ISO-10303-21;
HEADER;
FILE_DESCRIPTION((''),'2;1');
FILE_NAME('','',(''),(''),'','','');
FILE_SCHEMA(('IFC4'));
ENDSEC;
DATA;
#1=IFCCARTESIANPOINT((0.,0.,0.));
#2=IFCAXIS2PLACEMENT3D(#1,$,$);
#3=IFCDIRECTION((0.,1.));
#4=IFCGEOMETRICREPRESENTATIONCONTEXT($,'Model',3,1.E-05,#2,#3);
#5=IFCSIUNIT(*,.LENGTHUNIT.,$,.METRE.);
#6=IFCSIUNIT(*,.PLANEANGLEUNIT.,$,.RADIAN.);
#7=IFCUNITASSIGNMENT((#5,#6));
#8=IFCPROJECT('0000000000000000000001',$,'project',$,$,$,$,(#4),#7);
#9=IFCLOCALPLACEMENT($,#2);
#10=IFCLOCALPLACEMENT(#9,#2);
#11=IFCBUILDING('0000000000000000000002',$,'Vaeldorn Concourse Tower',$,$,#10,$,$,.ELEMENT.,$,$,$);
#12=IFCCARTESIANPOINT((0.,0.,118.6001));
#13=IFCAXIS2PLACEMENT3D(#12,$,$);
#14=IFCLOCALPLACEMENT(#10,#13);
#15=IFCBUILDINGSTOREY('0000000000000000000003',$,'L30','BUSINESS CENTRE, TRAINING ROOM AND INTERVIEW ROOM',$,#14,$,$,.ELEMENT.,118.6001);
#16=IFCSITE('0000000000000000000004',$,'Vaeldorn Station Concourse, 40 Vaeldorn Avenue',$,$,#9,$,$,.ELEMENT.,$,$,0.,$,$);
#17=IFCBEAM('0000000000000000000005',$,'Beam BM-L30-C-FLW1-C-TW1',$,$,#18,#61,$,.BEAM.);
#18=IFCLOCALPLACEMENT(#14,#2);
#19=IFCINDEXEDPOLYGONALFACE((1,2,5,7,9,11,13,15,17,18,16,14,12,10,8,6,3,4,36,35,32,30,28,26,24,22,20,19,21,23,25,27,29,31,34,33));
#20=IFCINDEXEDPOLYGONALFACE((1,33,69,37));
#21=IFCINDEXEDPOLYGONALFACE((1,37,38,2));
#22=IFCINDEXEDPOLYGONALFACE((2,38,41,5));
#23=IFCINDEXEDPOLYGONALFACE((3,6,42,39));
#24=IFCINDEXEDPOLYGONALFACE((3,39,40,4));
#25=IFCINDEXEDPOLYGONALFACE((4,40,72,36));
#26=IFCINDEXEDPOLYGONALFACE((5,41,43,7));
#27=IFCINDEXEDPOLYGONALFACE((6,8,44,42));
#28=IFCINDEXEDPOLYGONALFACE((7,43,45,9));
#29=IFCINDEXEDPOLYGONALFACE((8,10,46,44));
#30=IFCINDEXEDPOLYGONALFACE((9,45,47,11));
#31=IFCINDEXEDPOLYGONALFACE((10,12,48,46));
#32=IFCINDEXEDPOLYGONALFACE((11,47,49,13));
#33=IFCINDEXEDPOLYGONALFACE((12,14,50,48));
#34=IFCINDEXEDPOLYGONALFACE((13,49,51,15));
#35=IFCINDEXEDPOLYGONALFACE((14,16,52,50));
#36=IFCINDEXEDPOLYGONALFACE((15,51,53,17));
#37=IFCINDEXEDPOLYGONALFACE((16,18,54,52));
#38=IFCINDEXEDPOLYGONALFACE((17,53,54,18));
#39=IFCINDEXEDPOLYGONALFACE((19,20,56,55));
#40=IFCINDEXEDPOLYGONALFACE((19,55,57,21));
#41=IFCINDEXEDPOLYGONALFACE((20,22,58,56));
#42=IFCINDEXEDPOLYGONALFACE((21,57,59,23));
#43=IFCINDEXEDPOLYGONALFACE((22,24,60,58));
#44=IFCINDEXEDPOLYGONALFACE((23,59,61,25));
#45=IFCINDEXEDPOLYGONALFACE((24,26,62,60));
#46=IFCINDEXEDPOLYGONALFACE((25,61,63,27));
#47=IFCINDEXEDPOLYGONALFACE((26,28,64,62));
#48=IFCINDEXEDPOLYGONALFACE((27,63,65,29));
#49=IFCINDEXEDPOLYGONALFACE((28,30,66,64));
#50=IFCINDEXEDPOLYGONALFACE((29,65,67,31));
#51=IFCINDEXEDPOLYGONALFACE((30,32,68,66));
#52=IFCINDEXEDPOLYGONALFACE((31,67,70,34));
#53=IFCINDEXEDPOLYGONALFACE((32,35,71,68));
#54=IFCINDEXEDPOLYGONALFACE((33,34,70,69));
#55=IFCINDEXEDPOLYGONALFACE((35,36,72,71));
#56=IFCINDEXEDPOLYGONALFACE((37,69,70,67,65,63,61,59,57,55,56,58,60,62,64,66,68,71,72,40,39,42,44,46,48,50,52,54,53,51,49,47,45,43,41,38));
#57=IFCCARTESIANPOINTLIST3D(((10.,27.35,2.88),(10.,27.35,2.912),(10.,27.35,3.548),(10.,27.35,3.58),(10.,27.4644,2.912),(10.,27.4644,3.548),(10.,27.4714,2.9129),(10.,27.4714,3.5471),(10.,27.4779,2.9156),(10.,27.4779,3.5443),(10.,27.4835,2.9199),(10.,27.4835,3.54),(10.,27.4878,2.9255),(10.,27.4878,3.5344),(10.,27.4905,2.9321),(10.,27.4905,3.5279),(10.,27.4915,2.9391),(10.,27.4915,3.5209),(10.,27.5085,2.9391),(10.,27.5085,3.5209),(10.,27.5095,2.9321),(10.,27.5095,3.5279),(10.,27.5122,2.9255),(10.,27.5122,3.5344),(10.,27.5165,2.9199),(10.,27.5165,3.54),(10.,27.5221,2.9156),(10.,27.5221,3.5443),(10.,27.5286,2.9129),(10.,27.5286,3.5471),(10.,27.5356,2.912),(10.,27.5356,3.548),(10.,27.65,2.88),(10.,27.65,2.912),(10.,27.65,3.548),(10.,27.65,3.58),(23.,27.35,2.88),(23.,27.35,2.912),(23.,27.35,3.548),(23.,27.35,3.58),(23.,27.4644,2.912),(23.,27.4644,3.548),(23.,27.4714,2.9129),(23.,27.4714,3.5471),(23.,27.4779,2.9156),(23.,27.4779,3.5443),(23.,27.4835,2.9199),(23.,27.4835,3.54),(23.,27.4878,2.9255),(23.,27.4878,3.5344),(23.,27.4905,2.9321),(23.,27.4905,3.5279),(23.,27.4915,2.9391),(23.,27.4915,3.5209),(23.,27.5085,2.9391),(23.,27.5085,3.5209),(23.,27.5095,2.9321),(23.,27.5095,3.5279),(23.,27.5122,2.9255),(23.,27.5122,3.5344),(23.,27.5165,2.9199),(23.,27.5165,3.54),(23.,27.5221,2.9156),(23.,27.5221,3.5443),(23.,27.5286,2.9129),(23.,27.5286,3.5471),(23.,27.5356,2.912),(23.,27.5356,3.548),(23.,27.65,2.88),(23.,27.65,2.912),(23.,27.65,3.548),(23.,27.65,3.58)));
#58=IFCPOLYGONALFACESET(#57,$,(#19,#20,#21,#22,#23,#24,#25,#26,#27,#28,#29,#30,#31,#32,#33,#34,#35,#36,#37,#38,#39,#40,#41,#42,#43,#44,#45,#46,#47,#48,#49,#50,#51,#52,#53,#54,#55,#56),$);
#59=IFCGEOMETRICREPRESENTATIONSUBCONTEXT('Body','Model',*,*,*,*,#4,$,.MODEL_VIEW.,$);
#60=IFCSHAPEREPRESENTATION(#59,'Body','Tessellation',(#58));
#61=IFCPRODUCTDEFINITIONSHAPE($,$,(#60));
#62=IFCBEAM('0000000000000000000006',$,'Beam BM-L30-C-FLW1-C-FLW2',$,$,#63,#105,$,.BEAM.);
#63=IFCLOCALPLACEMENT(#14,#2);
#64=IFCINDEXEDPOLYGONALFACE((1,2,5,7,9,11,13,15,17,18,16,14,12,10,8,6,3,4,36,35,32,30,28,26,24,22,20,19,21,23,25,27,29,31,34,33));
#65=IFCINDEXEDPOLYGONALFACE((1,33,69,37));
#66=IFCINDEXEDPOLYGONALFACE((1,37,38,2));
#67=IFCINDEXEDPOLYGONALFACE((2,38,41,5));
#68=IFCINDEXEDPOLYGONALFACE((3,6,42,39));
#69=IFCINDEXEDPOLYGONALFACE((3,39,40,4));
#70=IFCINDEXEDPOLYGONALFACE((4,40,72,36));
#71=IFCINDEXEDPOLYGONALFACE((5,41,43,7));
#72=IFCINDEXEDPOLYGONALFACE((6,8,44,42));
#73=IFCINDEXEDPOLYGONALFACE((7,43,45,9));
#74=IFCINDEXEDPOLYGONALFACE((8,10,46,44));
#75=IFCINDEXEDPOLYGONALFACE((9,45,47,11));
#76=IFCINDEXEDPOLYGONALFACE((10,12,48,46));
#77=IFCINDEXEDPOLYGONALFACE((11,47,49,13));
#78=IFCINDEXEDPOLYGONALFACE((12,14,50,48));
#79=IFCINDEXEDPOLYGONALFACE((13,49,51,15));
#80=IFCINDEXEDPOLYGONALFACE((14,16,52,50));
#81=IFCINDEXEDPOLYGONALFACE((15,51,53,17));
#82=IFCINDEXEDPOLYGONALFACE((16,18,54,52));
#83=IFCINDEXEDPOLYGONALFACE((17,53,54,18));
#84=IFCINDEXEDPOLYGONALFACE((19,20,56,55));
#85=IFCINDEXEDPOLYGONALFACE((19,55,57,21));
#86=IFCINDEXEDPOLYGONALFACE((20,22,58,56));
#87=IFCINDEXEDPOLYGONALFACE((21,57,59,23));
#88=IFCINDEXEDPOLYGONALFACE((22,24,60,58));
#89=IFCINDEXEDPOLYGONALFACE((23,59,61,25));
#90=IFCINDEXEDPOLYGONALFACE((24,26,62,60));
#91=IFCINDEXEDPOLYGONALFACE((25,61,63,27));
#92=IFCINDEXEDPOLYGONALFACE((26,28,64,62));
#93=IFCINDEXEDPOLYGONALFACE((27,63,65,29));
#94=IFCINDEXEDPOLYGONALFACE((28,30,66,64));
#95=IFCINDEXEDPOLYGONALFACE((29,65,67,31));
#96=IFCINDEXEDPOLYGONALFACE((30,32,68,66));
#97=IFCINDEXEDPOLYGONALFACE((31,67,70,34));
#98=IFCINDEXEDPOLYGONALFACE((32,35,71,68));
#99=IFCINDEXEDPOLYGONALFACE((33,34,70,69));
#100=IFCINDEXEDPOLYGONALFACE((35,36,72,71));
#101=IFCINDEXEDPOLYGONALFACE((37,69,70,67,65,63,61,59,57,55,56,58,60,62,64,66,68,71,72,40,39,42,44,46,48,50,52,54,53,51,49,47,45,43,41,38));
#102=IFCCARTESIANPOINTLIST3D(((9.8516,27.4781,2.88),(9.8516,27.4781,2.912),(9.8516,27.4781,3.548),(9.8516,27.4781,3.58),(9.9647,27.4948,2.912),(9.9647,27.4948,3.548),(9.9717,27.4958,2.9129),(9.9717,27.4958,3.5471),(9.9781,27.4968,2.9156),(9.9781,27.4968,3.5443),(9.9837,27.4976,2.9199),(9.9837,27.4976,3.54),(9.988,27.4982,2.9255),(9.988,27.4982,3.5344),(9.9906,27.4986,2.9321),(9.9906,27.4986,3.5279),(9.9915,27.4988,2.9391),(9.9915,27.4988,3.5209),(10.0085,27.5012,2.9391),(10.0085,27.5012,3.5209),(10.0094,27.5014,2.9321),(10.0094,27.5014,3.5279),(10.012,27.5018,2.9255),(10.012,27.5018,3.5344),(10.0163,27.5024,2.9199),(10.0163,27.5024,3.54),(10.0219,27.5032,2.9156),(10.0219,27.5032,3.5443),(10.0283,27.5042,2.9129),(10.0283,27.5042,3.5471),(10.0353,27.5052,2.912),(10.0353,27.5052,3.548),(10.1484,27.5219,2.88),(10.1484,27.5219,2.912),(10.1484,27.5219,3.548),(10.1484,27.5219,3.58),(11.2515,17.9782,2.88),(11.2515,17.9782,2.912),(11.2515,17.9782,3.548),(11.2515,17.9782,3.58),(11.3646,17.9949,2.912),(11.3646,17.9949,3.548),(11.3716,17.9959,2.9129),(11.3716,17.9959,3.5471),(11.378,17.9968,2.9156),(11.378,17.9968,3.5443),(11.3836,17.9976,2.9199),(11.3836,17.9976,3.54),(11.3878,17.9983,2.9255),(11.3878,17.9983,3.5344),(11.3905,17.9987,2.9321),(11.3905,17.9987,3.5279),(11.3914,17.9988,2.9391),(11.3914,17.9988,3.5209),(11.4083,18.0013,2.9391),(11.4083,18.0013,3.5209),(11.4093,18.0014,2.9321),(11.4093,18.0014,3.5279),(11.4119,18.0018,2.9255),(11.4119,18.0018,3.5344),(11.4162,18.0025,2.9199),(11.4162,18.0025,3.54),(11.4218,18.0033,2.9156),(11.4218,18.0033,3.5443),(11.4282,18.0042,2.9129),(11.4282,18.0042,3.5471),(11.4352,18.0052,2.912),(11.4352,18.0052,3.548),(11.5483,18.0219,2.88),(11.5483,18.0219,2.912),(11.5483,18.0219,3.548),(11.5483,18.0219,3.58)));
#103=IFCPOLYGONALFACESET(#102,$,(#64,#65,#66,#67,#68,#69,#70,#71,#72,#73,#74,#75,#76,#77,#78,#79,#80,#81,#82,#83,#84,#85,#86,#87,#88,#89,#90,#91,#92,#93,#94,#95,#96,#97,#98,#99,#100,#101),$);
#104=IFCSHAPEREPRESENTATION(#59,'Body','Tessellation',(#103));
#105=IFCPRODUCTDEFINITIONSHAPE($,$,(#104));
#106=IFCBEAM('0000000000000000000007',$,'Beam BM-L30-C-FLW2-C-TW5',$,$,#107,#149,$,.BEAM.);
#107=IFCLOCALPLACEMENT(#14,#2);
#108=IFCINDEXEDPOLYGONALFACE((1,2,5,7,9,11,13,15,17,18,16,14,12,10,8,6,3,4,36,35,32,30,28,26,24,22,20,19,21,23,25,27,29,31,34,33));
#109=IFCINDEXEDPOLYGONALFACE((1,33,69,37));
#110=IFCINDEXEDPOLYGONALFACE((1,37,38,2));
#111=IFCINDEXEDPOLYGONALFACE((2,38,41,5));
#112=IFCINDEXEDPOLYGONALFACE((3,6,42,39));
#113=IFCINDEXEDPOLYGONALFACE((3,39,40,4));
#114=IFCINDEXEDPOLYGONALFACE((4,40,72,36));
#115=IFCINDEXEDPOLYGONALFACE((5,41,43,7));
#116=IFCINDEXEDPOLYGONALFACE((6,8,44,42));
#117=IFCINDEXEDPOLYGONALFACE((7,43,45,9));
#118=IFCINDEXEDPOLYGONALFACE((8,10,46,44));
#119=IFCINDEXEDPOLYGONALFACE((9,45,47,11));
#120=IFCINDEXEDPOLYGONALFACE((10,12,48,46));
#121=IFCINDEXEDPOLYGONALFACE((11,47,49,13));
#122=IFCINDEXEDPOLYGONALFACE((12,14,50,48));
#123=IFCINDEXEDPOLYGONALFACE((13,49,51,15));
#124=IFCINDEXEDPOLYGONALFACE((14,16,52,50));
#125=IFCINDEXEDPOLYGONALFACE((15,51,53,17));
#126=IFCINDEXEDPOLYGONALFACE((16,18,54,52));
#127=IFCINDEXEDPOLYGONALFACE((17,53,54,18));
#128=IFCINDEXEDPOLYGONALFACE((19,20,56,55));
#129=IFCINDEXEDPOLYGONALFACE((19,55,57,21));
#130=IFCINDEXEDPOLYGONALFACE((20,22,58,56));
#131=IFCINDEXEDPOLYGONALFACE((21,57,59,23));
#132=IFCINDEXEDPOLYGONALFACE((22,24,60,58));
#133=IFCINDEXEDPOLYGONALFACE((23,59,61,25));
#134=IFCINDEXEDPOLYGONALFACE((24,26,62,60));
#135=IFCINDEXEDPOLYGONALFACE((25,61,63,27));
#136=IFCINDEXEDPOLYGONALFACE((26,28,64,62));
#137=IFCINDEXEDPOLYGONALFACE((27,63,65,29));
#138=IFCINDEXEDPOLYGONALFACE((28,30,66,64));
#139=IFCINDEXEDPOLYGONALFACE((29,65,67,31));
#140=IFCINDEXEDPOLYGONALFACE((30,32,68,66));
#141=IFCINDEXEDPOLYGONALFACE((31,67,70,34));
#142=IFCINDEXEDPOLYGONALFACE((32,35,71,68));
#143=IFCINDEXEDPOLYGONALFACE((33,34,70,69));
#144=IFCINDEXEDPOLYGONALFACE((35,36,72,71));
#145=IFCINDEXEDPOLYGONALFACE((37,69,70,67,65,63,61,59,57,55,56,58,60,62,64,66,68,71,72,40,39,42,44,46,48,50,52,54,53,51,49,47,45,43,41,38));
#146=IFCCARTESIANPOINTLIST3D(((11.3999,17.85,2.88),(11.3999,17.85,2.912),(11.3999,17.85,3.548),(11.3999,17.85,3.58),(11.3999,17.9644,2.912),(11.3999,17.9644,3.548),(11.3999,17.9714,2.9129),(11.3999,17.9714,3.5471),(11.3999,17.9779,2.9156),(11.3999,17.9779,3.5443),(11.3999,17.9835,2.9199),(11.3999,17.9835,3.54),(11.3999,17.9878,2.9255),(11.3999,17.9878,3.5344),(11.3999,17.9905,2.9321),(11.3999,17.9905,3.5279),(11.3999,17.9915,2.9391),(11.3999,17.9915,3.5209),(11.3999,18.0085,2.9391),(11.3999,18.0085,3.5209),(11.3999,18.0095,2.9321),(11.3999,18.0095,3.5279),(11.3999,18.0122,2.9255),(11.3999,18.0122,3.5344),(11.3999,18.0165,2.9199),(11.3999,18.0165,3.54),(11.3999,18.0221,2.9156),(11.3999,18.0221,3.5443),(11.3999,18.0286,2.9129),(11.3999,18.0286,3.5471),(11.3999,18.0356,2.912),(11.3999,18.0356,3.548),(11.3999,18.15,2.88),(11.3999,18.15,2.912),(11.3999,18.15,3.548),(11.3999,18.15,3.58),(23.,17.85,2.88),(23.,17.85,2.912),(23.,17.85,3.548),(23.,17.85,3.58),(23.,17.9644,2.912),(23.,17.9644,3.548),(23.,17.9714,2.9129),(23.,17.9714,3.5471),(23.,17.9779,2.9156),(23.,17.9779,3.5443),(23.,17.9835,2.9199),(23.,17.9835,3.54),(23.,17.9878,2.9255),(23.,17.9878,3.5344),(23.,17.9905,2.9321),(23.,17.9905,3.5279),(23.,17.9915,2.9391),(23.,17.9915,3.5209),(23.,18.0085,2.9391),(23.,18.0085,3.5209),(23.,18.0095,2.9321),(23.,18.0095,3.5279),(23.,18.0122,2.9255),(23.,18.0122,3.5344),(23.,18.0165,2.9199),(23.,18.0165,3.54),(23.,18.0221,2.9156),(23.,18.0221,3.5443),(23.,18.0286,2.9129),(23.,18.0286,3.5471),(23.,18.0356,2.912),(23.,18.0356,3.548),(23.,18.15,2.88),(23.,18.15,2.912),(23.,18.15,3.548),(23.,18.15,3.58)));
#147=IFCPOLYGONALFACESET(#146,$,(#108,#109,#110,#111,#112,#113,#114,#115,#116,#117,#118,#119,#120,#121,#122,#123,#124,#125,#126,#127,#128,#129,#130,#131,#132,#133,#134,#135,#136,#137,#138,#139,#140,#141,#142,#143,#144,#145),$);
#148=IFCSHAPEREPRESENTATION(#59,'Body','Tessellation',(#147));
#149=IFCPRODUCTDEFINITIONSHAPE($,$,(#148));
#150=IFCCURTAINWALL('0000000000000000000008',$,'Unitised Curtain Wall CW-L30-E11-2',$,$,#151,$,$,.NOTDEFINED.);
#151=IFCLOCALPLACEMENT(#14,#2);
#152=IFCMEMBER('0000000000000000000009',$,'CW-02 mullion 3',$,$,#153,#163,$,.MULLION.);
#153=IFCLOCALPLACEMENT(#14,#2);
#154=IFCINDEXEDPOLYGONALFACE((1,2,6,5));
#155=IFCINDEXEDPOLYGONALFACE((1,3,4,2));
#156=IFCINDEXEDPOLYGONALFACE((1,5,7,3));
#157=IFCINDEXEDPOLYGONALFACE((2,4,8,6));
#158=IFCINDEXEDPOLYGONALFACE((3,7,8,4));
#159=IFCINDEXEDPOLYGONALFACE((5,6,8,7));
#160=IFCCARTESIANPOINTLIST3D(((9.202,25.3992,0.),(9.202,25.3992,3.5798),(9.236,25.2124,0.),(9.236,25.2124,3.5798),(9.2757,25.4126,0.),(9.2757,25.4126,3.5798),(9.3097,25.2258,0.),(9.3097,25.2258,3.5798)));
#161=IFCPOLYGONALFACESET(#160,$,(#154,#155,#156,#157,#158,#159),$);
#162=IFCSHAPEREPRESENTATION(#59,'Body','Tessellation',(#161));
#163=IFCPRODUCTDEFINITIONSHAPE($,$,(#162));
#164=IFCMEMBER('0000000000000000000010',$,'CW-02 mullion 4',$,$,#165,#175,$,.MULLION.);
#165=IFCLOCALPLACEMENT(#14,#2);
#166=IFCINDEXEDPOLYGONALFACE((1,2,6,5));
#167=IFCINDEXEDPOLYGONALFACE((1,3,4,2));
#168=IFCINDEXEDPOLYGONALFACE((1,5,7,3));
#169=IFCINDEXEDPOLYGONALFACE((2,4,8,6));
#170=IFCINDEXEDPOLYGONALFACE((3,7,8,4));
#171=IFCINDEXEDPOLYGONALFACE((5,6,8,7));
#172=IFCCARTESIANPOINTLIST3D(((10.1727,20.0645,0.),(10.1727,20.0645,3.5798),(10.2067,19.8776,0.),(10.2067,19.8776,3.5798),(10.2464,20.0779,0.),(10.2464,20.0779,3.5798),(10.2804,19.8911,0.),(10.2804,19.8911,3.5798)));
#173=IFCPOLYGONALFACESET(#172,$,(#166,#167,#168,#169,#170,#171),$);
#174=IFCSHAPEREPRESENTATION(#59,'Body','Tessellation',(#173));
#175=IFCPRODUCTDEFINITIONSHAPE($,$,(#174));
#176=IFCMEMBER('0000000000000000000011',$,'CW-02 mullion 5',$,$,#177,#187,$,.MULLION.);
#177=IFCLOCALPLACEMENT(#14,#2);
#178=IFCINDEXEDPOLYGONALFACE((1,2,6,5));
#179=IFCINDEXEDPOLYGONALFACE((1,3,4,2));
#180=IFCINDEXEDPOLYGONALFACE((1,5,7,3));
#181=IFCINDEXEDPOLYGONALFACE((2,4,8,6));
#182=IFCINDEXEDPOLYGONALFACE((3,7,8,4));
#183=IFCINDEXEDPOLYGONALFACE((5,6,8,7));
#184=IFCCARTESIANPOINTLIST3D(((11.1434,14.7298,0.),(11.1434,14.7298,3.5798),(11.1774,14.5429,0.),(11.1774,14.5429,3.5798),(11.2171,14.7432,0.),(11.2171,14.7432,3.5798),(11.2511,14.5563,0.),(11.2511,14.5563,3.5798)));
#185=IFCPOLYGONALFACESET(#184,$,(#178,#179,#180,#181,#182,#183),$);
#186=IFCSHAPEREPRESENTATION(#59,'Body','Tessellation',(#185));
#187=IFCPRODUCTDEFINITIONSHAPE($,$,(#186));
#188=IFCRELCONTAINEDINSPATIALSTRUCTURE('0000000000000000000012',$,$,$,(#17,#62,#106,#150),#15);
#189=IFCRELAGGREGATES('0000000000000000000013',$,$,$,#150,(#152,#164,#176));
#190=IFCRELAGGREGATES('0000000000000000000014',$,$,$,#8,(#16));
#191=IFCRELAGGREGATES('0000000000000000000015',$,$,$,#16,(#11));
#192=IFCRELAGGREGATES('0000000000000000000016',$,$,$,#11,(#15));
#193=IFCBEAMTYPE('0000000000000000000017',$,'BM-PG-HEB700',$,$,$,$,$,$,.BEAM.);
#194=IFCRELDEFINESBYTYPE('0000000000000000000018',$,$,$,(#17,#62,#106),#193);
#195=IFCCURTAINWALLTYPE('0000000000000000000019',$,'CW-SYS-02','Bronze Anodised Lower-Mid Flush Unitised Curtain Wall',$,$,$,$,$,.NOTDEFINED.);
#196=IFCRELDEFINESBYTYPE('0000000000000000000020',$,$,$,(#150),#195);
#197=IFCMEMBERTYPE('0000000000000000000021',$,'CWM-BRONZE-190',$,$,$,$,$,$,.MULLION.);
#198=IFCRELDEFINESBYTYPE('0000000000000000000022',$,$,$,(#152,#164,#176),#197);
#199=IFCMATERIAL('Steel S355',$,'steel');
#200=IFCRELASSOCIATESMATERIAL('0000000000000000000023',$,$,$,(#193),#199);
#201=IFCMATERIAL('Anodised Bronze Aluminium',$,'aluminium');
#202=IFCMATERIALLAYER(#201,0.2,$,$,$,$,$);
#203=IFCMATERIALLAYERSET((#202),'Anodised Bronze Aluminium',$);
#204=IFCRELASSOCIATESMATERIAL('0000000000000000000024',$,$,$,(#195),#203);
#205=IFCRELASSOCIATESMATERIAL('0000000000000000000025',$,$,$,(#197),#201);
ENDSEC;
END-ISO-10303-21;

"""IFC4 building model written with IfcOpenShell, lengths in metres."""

from ifc_helpers import new_model, si_unit, direction, frame, origin, origin_2d, place, context, subcontext, project, spatial, rectangle, i_section, extrude, source, transform, mapped, material, layer, layer_set, material_profile, profile_set, type_object, element, aggregate, save


model = new_model("IFC4")

# Units and contexts
model_context = context("Model", 3, precision=1e-05, world=origin(), true_north=direction((0.0, 1.0)))
body_context = subcontext(model_context, "Body", "Model", "MODEL_VIEW")
ifc_project = project(units=[si_unit("LENGTHUNIT", "METRE"), si_unit("PLANEANGLEUNIT", "RADIAN")], contexts=[model_context])

# Site, building, storey
site_placement = place(None, origin())
site = spatial("IfcSite", under=ifc_project, at=site_placement, Name="Vaeldorn Station Concourse, 40 Vaeldorn Avenue", CompositionType="ELEMENT", RefElevation=0.0)
building_placement = place(site_placement, origin())
building = spatial("IfcBuilding", under=site, at=building_placement, Name="Vaeldorn Concourse Tower", CompositionType="ELEMENT")
storey_placement = place(building_placement, frame((0.0, 0.0, 118.6001)))
storey = spatial("IfcBuildingStorey", under=building, at=storey_placement, Name="L30", Description="BUSINESS CENTRE, TRAINING ROOM AND INTERVIEW ROOM", CompositionType="ELEMENT", Elevation=118.6001)

# Beams
ifc_material_1 = material(Name="Steel S355", Category="steel")
ifc_material_profile_1 = material_profile(ifc_material_1, i_section(OverallWidth=0.3, OverallDepth=0.7, WebThickness=0.0171, FlangeThickness=0.032, FilletRadius=0.0271, at=origin_2d()), Name="HEB 700")
ifc_profile_set_1 = profile_set([ifc_material_profile_1], Name="Steel S355")
beam_type_1 = type_object("IfcBeamType", Name="BM-PG-HEB700", PredefinedType="BEAM", material=ifc_profile_set_1)
shared_shape_1 = source(origin(), body_context, "Body", "SweptSolid", [
    extrude(i_section(OverallWidth=0.3, OverallDepth=0.7, WebThickness=0.0171, FlangeThickness=0.032, FilletRadius=0.0271, at=origin_2d()), origin(), (0.0, 0.0, 1.0), 13.0),
])
beam_1_placement = place(storey_placement, frame((10.0, 27.5, 3.23), z_axis=(1.0, 0.0, 0.0), x_axis=(0.0, 1.0, 0.0)))
element("IfcBeam", 1, at=beam_1_placement, inside=storey, type_object=beam_type_1, Name="Beam BM-L30-C-FLW1-C-TW1", PredefinedType="BEAM", context=body_context, shape_type="MappedRepresentation", body=[
    mapped(shared_shape_1, transform((0.0, 0.0, 0.0), scale=1.0)),
])
shared_shape_2 = source(origin(), body_context, "Body", "SweptSolid", [
    extrude(i_section(OverallWidth=0.3, OverallDepth=0.7, WebThickness=0.0171, FlangeThickness=0.032, FilletRadius=0.0271, at=origin_2d()), origin(), (0.0, 0.0, 1.0), 9.6025),
])
beam_2_placement = place(storey_placement, frame((10.0, 27.5, 3.23), z_axis=(0.145784, -0.989316, 0.0), x_axis=(0.989316, 0.145784, 0.0)))
element("IfcBeam", 2, at=beam_2_placement, inside=storey, type_object=beam_type_1, Name="Beam BM-L30-C-FLW1-C-FLW2", PredefinedType="BEAM", context=body_context, shape_type="MappedRepresentation", body=[
    mapped(shared_shape_2, transform((0.0, 0.0, 0.0), scale=1.0)),
])
shared_shape_3 = source(origin(), body_context, "Body", "SweptSolid", [
    extrude(i_section(OverallWidth=0.3, OverallDepth=0.7, WebThickness=0.0171, FlangeThickness=0.032, FilletRadius=0.0271, at=origin_2d()), origin(), (0.0, 0.0, 1.0), 11.6001),
])
beam_3_placement = place(storey_placement, frame((11.3999, 18.0, 3.23), z_axis=(1.0, 0.0, 0.0), x_axis=(0.0, 1.0, 0.0)))
element("IfcBeam", 3, at=beam_3_placement, inside=storey, type_object=beam_type_1, Name="Beam BM-L30-C-FLW2-C-TW5", PredefinedType="BEAM", context=body_context, shape_type="MappedRepresentation", body=[
    mapped(shared_shape_3, transform((0.0, 0.0, 0.0), scale=1.0)),
])

# Curtain wall, members
ifc_material_2 = material(Name="Anodised Bronze Aluminium", Category="aluminium")
ifc_layer_1 = layer(ifc_material_2, 0.2)
ifc_layer_set_1 = layer_set([ifc_layer_1], Name="Anodised Bronze Aluminium")
curtain_wall_type = type_object("IfcCurtainWallType", Name="CW-SYS-02", Description="Bronze Anodised Lower-Mid Flush Unitised Curtain Wall", PredefinedType="NOTDEFINED", material=ifc_layer_set_1)
curtain_wall_placement = place(storey_placement, origin())
curtain_wall = element("IfcCurtainWall", 4, at=curtain_wall_placement, inside=storey, type_object=curtain_wall_type, Name="Unitised Curtain Wall CW-L30-E11-2", PredefinedType="NOTDEFINED")
ifc_material_profile_2 = material_profile(ifc_material_2, rectangle(XDim=0.075, YDim=0.1899, at=origin_2d()), Name="CWM 75x190")
ifc_profile_set_2 = profile_set([ifc_material_profile_2], Name="Anodised Bronze Aluminium")
member_type_1 = type_object("IfcMemberType", Name="CWM-BRONZE-190", PredefinedType="MULLION", material=ifc_profile_set_2)
shared_shape_4 = source(origin(), body_context, "Body", "SweptSolid", [
    extrude(rectangle(XDim=0.075, YDim=0.1899, at=origin_2d()), origin(), (0.0, 0.0, 1.0), 3.5798),
])
member_1_placement = place(storey_placement, frame((9.2559, 25.3125, 0.0), z_axis=(0.0, 0.0, 1.0), x_axis=(0.983844, 0.17903, 0.0)))
member_1 = element("IfcMember", 5, at=member_1_placement, type_object=member_type_1, Name="CW-02 mullion 3", PredefinedType="MULLION", context=body_context, shape_type="MappedRepresentation", body=[
    mapped(shared_shape_4, transform((0.0, 0.0, 0.0), scale=1.0)),
])
member_2_placement = place(storey_placement, frame((10.2266, 19.9778, 0.0), z_axis=(0.0, 0.0, 1.0), x_axis=(0.983844, 0.17903, 0.0)))
member_2 = element("IfcMember", 6, at=member_2_placement, type_object=member_type_1, Name="CW-02 mullion 4", PredefinedType="MULLION", context=body_context, shape_type="MappedRepresentation", body=[
    mapped(shared_shape_4, transform((0.0, 0.0, 0.0), scale=1.0)),
])
member_3_placement = place(storey_placement, frame((11.1973, 14.6431, 0.0), z_axis=(0.0, 0.0, 1.0), x_axis=(0.983844, 0.17903, 0.0)))
member_3 = element("IfcMember", 7, at=member_3_placement, type_object=member_type_1, Name="CW-02 mullion 5", PredefinedType="MULLION", context=body_context, shape_type="MappedRepresentation", body=[
    mapped(shared_shape_4, transform((0.0, 0.0, 0.0), scale=1.0)),
])
aggregate(curtain_wall, [member_1, member_2, member_3])

save(model, "model.ifc")
